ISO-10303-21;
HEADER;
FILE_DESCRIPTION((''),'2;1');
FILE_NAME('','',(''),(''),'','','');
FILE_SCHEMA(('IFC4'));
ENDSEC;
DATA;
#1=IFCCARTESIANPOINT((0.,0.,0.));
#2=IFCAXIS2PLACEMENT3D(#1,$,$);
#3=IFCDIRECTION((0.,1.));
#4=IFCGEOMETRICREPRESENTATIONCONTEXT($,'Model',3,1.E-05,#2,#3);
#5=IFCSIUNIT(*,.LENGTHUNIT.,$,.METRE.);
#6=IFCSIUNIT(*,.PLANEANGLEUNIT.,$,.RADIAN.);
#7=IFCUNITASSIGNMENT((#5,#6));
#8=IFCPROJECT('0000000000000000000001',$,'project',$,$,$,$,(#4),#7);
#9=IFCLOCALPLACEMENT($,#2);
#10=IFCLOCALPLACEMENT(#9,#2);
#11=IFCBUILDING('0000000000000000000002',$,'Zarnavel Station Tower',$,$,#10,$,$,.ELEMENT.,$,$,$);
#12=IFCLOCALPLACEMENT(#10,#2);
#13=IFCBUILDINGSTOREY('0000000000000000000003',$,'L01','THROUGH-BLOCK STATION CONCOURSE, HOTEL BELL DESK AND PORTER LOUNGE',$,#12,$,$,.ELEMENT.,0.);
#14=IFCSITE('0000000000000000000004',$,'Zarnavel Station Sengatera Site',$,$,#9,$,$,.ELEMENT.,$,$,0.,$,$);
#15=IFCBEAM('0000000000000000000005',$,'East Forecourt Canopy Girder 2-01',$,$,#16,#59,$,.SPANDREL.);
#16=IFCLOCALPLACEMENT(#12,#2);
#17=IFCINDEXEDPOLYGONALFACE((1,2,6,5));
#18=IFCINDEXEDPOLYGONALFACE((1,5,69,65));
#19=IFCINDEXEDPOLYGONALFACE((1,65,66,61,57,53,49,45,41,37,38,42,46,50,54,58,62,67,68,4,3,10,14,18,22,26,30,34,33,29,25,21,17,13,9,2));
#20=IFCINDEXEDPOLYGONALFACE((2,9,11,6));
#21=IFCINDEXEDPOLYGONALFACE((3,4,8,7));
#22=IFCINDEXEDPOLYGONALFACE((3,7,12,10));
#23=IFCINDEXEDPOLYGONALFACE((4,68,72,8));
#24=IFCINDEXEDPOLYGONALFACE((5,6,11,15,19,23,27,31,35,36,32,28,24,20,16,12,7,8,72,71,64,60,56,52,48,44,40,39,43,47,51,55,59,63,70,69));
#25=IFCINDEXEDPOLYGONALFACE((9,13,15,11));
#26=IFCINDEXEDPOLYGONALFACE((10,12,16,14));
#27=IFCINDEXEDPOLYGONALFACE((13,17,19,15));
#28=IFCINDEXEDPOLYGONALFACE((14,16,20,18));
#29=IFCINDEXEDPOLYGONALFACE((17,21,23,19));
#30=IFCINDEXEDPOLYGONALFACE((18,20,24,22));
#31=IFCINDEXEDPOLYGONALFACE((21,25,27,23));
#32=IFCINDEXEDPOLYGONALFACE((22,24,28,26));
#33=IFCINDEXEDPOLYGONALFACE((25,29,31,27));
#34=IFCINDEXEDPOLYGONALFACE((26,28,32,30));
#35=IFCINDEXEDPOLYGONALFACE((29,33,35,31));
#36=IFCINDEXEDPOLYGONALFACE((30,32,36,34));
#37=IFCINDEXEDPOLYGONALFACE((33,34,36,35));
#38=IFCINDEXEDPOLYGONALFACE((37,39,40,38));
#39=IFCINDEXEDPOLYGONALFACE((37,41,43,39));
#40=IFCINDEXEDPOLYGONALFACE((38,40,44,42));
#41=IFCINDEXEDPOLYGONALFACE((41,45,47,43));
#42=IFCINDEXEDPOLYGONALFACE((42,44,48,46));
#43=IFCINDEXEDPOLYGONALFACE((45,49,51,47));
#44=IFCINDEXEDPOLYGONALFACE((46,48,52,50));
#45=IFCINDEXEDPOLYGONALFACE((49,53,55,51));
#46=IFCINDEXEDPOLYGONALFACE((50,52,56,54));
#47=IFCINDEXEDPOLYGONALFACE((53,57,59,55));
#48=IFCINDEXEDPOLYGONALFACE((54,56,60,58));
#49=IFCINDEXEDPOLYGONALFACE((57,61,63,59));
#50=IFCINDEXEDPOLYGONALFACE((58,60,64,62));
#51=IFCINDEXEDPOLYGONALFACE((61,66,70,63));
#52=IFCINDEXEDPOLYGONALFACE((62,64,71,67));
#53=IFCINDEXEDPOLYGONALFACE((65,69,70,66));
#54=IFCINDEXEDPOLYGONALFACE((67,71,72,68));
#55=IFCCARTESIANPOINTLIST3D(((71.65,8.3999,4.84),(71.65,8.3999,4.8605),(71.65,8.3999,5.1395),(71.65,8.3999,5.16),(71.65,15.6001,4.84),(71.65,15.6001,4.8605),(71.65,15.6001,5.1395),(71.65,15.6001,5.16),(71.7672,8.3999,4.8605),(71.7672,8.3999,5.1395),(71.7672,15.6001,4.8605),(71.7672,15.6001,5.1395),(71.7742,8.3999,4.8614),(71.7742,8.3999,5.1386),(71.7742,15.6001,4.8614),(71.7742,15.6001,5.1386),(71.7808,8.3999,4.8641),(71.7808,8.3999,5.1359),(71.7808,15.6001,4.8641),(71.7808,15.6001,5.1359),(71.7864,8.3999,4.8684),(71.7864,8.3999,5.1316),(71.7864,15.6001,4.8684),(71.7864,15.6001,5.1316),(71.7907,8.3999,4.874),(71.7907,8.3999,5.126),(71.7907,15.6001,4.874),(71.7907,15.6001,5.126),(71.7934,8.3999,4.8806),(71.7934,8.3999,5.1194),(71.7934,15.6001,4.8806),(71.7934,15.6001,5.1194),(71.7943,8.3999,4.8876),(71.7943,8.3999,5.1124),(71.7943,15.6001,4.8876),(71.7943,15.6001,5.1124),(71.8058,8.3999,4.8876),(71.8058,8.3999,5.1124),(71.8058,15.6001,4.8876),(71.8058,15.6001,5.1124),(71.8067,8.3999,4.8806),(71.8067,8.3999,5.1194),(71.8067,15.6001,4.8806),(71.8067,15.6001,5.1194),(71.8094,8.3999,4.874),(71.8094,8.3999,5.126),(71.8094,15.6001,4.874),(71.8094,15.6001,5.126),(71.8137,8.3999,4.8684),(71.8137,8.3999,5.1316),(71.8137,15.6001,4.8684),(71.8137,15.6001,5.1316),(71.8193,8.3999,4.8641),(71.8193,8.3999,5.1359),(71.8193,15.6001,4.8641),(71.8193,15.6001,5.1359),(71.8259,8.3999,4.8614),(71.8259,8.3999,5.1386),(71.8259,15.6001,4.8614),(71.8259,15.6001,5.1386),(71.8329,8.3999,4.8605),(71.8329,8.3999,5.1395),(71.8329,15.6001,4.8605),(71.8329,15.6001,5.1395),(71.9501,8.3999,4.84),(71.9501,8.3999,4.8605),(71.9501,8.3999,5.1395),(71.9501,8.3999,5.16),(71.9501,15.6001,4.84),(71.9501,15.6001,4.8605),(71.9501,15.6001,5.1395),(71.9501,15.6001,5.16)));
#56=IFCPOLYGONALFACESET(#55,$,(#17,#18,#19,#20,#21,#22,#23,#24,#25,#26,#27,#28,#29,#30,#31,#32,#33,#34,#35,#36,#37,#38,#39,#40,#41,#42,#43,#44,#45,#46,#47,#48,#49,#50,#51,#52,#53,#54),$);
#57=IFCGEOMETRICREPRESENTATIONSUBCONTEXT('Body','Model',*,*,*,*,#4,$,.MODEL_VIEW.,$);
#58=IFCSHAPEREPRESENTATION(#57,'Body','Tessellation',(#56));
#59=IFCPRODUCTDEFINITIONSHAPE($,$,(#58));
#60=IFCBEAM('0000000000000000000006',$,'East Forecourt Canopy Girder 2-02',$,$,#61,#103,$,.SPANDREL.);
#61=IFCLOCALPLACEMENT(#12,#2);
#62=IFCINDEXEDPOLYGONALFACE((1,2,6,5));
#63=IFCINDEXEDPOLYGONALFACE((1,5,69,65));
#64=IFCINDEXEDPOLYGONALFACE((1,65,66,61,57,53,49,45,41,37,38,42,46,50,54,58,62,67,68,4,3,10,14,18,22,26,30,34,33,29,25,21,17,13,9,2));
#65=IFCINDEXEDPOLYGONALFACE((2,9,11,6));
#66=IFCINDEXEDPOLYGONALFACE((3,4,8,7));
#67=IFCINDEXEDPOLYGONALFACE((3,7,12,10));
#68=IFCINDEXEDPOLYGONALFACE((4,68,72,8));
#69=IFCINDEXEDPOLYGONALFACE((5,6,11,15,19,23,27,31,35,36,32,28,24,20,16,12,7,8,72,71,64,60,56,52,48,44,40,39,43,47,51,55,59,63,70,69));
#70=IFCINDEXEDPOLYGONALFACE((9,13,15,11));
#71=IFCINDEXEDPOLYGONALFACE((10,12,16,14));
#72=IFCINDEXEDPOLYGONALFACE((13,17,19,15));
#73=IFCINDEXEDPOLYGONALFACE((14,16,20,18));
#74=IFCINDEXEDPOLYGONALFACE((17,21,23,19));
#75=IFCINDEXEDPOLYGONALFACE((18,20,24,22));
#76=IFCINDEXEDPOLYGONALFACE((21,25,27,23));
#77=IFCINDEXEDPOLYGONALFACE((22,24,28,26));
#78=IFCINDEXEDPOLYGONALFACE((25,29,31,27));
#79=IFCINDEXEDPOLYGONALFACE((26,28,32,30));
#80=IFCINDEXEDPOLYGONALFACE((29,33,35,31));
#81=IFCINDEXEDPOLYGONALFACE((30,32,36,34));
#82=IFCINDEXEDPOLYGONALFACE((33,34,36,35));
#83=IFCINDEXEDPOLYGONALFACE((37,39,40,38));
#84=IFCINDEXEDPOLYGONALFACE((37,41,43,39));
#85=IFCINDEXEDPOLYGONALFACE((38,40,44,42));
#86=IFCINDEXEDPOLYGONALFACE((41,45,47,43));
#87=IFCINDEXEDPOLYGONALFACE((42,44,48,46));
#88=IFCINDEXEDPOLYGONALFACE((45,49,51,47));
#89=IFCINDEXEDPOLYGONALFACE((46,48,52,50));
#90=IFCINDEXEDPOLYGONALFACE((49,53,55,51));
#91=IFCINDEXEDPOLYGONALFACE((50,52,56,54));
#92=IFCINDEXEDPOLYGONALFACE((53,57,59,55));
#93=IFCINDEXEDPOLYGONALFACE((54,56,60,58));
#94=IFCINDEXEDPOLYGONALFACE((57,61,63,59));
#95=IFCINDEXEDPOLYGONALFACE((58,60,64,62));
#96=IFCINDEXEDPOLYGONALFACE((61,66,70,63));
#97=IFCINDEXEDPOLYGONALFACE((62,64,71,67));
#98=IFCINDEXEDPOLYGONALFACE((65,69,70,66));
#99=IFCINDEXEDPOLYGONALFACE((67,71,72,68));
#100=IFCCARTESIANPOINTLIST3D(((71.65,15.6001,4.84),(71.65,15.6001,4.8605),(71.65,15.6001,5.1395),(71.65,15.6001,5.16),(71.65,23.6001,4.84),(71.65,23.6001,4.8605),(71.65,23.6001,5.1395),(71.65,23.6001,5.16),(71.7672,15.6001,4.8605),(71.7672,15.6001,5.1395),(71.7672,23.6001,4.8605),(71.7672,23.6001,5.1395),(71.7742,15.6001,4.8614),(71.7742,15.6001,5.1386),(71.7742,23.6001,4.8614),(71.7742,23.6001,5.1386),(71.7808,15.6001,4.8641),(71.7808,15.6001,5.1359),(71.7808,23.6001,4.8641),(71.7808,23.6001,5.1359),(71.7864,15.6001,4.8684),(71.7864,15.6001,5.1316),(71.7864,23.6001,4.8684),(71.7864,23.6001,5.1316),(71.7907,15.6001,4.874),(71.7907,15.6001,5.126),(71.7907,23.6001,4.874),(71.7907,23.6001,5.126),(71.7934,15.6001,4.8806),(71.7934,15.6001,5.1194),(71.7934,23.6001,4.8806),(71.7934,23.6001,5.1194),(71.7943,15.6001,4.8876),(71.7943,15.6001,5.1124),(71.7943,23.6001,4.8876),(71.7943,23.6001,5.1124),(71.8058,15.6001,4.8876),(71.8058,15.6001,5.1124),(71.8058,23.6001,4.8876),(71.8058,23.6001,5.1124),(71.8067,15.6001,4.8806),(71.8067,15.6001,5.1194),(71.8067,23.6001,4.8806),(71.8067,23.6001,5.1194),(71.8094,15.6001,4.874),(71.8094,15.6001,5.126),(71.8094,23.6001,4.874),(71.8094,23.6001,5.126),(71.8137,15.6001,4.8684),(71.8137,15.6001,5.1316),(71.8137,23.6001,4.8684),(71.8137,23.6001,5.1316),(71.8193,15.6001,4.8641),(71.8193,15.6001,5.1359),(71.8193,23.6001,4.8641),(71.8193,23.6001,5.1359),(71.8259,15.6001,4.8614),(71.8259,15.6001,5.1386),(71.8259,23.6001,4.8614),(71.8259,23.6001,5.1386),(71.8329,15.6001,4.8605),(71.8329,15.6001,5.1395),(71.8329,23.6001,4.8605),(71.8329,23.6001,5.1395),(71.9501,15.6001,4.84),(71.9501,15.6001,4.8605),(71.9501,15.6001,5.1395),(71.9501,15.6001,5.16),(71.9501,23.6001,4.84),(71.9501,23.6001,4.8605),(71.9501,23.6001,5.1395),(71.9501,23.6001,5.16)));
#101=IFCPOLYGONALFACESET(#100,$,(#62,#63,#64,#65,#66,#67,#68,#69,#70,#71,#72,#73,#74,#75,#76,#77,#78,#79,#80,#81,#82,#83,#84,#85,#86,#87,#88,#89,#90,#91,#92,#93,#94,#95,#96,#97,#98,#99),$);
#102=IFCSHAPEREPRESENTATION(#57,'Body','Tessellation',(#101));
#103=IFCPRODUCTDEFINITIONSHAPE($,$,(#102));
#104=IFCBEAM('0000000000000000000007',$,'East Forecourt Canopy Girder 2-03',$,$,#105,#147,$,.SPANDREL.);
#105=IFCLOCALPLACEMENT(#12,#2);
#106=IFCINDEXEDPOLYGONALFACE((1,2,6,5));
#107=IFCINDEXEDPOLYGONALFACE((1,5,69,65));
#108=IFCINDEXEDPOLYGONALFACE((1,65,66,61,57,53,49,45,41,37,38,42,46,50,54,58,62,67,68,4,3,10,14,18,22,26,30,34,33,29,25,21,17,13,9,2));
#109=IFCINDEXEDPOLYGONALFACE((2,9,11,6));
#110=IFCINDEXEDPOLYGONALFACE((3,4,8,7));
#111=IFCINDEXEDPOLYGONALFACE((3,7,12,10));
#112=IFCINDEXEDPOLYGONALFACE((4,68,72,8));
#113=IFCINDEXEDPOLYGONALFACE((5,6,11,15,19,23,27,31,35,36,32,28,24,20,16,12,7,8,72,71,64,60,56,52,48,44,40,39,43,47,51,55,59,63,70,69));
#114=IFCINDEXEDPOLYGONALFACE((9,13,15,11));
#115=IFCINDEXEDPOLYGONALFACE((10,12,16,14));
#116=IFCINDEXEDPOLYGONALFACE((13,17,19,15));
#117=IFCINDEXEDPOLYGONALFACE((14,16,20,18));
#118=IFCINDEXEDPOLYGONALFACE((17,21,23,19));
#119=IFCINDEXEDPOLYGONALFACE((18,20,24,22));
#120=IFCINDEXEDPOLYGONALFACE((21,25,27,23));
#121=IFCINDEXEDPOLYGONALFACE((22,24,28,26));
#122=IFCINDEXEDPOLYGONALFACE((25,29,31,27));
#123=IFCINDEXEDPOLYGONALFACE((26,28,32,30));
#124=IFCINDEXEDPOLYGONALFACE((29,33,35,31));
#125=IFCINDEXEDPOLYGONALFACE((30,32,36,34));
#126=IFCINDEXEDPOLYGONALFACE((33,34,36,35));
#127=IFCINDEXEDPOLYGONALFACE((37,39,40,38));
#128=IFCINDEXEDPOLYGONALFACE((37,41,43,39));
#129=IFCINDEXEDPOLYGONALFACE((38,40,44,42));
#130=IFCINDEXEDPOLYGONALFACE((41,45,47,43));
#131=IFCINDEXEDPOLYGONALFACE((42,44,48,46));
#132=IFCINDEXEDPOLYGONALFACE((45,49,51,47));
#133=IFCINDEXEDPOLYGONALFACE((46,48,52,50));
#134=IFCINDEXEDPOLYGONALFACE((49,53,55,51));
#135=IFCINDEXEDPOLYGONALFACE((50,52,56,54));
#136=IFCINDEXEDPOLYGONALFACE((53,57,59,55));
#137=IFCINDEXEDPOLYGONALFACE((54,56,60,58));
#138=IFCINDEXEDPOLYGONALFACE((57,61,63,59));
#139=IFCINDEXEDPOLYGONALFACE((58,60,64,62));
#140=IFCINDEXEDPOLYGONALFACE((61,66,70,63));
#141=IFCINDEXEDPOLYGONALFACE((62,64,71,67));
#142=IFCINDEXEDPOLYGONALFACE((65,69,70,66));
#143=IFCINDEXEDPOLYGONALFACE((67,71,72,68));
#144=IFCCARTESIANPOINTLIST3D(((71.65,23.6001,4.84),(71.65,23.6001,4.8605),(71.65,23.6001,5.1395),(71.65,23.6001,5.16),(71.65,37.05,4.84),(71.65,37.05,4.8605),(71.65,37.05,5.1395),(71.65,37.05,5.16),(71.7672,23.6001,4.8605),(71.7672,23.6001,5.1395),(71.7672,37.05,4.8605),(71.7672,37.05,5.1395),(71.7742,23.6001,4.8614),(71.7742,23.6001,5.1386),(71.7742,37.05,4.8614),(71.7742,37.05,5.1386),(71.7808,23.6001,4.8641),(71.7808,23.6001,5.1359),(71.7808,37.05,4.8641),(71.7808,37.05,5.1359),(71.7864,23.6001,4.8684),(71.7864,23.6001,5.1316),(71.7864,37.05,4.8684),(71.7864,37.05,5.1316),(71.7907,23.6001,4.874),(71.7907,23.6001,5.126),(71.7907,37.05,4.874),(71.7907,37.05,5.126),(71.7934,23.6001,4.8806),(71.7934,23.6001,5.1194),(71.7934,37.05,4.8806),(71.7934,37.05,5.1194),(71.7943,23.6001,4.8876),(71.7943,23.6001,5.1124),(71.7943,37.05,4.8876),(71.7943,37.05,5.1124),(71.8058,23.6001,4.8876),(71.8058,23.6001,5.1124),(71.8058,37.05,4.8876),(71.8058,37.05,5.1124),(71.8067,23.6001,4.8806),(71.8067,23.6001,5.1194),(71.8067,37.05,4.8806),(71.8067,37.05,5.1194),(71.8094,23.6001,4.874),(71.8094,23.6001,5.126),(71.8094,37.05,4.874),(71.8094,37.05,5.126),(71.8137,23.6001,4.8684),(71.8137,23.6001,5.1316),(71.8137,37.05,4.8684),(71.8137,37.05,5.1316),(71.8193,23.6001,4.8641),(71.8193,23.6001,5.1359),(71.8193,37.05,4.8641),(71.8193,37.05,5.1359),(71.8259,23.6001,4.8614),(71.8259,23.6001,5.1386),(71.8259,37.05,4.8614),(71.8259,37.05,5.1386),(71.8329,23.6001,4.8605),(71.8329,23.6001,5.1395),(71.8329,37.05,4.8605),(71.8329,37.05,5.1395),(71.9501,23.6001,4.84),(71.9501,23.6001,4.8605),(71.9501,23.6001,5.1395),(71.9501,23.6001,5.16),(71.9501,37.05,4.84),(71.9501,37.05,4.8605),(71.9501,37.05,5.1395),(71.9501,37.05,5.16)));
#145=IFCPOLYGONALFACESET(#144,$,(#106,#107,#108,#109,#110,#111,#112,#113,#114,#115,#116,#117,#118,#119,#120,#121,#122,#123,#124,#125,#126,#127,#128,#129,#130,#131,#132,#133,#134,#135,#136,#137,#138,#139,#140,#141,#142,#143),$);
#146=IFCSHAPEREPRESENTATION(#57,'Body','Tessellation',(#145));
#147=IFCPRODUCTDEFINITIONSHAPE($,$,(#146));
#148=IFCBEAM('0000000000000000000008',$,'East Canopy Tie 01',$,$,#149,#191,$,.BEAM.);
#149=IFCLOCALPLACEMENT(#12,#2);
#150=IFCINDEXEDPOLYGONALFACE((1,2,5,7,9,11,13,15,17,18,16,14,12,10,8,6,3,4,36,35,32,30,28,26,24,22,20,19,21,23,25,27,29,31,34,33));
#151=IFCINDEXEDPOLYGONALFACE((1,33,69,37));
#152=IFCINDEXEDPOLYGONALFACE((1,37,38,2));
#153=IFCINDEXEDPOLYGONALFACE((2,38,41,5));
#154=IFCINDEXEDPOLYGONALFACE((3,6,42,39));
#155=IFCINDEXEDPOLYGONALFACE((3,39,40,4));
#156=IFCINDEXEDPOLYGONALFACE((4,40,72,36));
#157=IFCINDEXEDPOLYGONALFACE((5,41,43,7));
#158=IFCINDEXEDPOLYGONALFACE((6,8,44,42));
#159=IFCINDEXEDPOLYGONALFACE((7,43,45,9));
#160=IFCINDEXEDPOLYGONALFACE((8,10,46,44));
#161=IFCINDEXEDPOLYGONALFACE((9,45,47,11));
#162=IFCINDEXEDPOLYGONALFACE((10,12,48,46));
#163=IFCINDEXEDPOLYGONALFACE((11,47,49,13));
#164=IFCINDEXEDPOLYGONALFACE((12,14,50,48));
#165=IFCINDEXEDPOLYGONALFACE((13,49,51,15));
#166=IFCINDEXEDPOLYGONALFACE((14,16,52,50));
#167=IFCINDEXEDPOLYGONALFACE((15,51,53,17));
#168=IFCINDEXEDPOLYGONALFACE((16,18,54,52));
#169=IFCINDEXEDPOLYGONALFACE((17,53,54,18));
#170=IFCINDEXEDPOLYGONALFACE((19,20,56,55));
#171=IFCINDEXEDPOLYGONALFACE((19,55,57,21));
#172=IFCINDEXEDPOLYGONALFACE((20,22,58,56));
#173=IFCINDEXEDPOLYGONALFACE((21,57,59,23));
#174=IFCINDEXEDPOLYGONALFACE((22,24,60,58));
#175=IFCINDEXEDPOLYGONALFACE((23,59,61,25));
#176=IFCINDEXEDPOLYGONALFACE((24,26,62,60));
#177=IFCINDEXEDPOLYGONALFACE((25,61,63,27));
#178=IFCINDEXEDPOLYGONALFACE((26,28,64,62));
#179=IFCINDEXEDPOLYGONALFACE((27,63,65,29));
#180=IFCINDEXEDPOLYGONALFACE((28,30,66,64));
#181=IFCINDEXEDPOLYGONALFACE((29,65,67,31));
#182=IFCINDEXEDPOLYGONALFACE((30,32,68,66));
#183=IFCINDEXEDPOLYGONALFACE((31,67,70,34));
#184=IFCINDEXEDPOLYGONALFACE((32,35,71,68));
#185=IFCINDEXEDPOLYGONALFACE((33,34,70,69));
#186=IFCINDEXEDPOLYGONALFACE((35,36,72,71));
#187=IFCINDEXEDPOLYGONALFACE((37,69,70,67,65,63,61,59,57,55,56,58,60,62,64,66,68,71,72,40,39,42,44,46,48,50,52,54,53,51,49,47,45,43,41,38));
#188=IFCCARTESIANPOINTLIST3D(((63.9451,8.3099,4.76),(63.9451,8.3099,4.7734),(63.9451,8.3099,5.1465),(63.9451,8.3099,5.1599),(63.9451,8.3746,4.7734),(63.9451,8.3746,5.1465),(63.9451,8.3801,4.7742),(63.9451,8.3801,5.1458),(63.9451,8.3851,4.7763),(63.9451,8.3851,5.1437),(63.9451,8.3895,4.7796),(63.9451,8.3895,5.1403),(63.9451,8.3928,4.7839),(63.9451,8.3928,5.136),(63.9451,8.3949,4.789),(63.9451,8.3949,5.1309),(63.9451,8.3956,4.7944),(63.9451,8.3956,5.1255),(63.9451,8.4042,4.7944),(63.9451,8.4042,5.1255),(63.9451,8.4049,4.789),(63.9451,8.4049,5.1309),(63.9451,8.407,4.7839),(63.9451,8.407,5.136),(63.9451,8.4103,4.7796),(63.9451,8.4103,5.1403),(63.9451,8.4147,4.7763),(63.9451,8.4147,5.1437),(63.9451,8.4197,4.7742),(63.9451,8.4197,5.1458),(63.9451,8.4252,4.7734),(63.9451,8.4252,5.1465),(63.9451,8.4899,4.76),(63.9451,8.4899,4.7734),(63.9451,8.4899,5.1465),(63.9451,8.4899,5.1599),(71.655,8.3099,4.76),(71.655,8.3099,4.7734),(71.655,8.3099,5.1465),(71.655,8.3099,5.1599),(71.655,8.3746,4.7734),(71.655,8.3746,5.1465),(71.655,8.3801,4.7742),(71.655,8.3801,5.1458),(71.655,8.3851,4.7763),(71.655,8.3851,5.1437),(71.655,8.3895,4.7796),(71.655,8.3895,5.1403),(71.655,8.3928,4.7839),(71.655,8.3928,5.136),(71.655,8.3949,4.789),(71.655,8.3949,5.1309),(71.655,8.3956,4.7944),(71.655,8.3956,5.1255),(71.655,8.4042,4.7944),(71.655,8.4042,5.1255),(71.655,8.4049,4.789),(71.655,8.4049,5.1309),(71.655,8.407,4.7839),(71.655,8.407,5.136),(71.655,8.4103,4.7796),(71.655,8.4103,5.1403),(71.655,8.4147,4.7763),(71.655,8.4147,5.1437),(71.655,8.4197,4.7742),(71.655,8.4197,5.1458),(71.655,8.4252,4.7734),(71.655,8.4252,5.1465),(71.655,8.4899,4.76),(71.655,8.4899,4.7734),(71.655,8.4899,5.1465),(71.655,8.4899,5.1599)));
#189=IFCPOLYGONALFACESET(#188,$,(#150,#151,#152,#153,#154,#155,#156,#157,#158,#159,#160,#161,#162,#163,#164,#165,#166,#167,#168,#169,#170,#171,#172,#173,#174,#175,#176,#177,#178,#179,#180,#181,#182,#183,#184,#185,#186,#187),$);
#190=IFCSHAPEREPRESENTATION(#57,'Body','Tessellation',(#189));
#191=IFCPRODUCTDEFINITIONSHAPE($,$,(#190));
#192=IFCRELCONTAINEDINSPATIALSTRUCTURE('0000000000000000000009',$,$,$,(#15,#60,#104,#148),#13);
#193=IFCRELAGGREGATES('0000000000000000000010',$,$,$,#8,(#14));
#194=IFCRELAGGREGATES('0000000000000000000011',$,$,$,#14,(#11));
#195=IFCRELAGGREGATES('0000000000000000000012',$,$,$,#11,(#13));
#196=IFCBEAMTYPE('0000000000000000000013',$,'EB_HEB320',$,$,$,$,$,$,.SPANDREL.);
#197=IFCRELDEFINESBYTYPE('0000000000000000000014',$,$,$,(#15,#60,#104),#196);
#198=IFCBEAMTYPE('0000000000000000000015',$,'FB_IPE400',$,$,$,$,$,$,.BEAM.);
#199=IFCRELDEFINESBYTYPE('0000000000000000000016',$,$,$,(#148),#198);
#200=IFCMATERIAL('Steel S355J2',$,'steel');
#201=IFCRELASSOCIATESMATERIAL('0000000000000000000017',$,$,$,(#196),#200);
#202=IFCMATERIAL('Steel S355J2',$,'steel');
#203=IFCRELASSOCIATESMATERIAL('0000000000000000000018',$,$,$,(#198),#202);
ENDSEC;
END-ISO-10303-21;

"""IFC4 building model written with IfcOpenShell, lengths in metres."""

from ifc_helpers import new_model, si_unit, direction, frame, origin, origin_2d, place, context, subcontext, project, spatial, i_section, extrude, material, material_profile, profile_set, type_object, element, save


model = new_model("IFC4")

# Units and contexts
model_context = context("Model", 3, precision=1e-05, world=origin(), true_north=direction((0.0, 1.0)))
body_context = subcontext(model_context, "Body", "Model", "MODEL_VIEW")
ifc_project = project(units=[si_unit("LENGTHUNIT", "METRE"), si_unit("PLANEANGLEUNIT", "RADIAN")], contexts=[model_context])

# Site, building, storey
site_placement = place(None, origin())
site = spatial("IfcSite", under=ifc_project, at=site_placement, Name="Zarnavel Station Sengatera Site", CompositionType="ELEMENT", RefElevation=0.0)
building_placement = place(site_placement, origin())
building = spatial("IfcBuilding", under=site, at=building_placement, Name="Zarnavel Station Tower", CompositionType="ELEMENT")
storey_placement = place(building_placement, origin())
storey = spatial("IfcBuildingStorey", under=building, at=storey_placement, Name="L01", Description="THROUGH-BLOCK STATION CONCOURSE, HOTEL BELL DESK AND PORTER LOUNGE", CompositionType="ELEMENT", Elevation=0.0)

# Beams
ifc_material_1 = material(Name="Steel S355J2", Category="steel")
ifc_material_profile_1 = material_profile(ifc_material_1, i_section(OverallWidth=0.3, OverallDepth=0.3201, WebThickness=0.0115, FlangeThickness=0.0205, FilletRadius=0.0271, at=origin_2d()), Name="HEB320")
ifc_profile_set_1 = profile_set([ifc_material_profile_1], Name="Steel S355J2")
beam_type_1 = type_object("IfcBeamType", Name="EB_HEB320", PredefinedType="SPANDREL", material=ifc_profile_set_1)
beam_1_placement = place(storey_placement, frame((71.8, 8.3999, 5.0), z_axis=(0.0, 1.0, 0.0), x_axis=(-1.0, 0.0, 0.0)))
element("IfcBeam", 1, at=beam_1_placement, inside=storey, type_object=beam_type_1, Name="East Forecourt Canopy Girder 2-01", PredefinedType="SPANDREL", context=body_context, shape_type="SweptSolid", body=[
    extrude(i_section(OverallWidth=0.3, OverallDepth=0.3201, WebThickness=0.0115, FlangeThickness=0.0205, FilletRadius=0.0271, at=origin_2d()), origin(), (0.0, 0.0, 1.0), 7.2002),
])
beam_2_placement = place(storey_placement, frame((71.8, 15.6001, 5.0), z_axis=(0.0, 1.0, 0.0), x_axis=(-1.0, 0.0, 0.0)))
element("IfcBeam", 2, at=beam_2_placement, inside=storey, type_object=beam_type_1, Name="East Forecourt Canopy Girder 2-02", PredefinedType="SPANDREL", context=body_context, shape_type="SweptSolid", body=[
    extrude(i_section(OverallWidth=0.3, OverallDepth=0.3201, WebThickness=0.0115, FlangeThickness=0.0205, FilletRadius=0.0271, at=origin_2d()), origin(), (0.0, 0.0, 1.0), 8.0),
])
beam_3_placement = place(storey_placement, frame((71.8, 23.6001, 5.0), z_axis=(0.0, 1.0, 0.0), x_axis=(-1.0, 0.0, 0.0)))
element("IfcBeam", 3, at=beam_3_placement, inside=storey, type_object=beam_type_1, Name="East Forecourt Canopy Girder 2-03", PredefinedType="SPANDREL", context=body_context, shape_type="SweptSolid", body=[
    extrude(i_section(OverallWidth=0.3, OverallDepth=0.3201, WebThickness=0.0115, FlangeThickness=0.0205, FilletRadius=0.0271, at=origin_2d()), origin(), (0.0, 0.0, 1.0), 13.45),
])
ifc_material_2 = material(Name="Steel S355J2", Category="steel")
ifc_material_profile_2 = material_profile(ifc_material_2, i_section(OverallWidth=0.1799, OverallDepth=0.3999, WebThickness=0.0085, FlangeThickness=0.0134, FilletRadius=0.021, at=origin_2d()), Name="IPE400")
ifc_profile_set_2 = profile_set([ifc_material_profile_2], Name="Steel S355J2")
beam_type_2 = type_object("IfcBeamType", Name="FB_IPE400", PredefinedType="BEAM", material=ifc_profile_set_2)
for number, where, z_axis, x_axis, name in (
    (4, (63.9451, 8.3999, 4.96), (1.0, 0.0, 0.0), (0.0, 1.0, 0.0), "East Canopy Tie 01"),
):
    element("IfcBeam", number, at=place(storey_placement, frame(where, z_axis=z_axis, x_axis=x_axis)), inside=storey, type_object=beam_type_2, Name=name, PredefinedType="BEAM", context=body_context, shape_type="SweptSolid", body=[
        extrude(i_section(OverallWidth=0.1799, OverallDepth=0.3999, WebThickness=0.0085, FlangeThickness=0.0134, FilletRadius=0.021, at=origin_2d()), origin(), (0.0, 0.0, 1.0), 7.71),
    ])

save(model, "model.ifc")
